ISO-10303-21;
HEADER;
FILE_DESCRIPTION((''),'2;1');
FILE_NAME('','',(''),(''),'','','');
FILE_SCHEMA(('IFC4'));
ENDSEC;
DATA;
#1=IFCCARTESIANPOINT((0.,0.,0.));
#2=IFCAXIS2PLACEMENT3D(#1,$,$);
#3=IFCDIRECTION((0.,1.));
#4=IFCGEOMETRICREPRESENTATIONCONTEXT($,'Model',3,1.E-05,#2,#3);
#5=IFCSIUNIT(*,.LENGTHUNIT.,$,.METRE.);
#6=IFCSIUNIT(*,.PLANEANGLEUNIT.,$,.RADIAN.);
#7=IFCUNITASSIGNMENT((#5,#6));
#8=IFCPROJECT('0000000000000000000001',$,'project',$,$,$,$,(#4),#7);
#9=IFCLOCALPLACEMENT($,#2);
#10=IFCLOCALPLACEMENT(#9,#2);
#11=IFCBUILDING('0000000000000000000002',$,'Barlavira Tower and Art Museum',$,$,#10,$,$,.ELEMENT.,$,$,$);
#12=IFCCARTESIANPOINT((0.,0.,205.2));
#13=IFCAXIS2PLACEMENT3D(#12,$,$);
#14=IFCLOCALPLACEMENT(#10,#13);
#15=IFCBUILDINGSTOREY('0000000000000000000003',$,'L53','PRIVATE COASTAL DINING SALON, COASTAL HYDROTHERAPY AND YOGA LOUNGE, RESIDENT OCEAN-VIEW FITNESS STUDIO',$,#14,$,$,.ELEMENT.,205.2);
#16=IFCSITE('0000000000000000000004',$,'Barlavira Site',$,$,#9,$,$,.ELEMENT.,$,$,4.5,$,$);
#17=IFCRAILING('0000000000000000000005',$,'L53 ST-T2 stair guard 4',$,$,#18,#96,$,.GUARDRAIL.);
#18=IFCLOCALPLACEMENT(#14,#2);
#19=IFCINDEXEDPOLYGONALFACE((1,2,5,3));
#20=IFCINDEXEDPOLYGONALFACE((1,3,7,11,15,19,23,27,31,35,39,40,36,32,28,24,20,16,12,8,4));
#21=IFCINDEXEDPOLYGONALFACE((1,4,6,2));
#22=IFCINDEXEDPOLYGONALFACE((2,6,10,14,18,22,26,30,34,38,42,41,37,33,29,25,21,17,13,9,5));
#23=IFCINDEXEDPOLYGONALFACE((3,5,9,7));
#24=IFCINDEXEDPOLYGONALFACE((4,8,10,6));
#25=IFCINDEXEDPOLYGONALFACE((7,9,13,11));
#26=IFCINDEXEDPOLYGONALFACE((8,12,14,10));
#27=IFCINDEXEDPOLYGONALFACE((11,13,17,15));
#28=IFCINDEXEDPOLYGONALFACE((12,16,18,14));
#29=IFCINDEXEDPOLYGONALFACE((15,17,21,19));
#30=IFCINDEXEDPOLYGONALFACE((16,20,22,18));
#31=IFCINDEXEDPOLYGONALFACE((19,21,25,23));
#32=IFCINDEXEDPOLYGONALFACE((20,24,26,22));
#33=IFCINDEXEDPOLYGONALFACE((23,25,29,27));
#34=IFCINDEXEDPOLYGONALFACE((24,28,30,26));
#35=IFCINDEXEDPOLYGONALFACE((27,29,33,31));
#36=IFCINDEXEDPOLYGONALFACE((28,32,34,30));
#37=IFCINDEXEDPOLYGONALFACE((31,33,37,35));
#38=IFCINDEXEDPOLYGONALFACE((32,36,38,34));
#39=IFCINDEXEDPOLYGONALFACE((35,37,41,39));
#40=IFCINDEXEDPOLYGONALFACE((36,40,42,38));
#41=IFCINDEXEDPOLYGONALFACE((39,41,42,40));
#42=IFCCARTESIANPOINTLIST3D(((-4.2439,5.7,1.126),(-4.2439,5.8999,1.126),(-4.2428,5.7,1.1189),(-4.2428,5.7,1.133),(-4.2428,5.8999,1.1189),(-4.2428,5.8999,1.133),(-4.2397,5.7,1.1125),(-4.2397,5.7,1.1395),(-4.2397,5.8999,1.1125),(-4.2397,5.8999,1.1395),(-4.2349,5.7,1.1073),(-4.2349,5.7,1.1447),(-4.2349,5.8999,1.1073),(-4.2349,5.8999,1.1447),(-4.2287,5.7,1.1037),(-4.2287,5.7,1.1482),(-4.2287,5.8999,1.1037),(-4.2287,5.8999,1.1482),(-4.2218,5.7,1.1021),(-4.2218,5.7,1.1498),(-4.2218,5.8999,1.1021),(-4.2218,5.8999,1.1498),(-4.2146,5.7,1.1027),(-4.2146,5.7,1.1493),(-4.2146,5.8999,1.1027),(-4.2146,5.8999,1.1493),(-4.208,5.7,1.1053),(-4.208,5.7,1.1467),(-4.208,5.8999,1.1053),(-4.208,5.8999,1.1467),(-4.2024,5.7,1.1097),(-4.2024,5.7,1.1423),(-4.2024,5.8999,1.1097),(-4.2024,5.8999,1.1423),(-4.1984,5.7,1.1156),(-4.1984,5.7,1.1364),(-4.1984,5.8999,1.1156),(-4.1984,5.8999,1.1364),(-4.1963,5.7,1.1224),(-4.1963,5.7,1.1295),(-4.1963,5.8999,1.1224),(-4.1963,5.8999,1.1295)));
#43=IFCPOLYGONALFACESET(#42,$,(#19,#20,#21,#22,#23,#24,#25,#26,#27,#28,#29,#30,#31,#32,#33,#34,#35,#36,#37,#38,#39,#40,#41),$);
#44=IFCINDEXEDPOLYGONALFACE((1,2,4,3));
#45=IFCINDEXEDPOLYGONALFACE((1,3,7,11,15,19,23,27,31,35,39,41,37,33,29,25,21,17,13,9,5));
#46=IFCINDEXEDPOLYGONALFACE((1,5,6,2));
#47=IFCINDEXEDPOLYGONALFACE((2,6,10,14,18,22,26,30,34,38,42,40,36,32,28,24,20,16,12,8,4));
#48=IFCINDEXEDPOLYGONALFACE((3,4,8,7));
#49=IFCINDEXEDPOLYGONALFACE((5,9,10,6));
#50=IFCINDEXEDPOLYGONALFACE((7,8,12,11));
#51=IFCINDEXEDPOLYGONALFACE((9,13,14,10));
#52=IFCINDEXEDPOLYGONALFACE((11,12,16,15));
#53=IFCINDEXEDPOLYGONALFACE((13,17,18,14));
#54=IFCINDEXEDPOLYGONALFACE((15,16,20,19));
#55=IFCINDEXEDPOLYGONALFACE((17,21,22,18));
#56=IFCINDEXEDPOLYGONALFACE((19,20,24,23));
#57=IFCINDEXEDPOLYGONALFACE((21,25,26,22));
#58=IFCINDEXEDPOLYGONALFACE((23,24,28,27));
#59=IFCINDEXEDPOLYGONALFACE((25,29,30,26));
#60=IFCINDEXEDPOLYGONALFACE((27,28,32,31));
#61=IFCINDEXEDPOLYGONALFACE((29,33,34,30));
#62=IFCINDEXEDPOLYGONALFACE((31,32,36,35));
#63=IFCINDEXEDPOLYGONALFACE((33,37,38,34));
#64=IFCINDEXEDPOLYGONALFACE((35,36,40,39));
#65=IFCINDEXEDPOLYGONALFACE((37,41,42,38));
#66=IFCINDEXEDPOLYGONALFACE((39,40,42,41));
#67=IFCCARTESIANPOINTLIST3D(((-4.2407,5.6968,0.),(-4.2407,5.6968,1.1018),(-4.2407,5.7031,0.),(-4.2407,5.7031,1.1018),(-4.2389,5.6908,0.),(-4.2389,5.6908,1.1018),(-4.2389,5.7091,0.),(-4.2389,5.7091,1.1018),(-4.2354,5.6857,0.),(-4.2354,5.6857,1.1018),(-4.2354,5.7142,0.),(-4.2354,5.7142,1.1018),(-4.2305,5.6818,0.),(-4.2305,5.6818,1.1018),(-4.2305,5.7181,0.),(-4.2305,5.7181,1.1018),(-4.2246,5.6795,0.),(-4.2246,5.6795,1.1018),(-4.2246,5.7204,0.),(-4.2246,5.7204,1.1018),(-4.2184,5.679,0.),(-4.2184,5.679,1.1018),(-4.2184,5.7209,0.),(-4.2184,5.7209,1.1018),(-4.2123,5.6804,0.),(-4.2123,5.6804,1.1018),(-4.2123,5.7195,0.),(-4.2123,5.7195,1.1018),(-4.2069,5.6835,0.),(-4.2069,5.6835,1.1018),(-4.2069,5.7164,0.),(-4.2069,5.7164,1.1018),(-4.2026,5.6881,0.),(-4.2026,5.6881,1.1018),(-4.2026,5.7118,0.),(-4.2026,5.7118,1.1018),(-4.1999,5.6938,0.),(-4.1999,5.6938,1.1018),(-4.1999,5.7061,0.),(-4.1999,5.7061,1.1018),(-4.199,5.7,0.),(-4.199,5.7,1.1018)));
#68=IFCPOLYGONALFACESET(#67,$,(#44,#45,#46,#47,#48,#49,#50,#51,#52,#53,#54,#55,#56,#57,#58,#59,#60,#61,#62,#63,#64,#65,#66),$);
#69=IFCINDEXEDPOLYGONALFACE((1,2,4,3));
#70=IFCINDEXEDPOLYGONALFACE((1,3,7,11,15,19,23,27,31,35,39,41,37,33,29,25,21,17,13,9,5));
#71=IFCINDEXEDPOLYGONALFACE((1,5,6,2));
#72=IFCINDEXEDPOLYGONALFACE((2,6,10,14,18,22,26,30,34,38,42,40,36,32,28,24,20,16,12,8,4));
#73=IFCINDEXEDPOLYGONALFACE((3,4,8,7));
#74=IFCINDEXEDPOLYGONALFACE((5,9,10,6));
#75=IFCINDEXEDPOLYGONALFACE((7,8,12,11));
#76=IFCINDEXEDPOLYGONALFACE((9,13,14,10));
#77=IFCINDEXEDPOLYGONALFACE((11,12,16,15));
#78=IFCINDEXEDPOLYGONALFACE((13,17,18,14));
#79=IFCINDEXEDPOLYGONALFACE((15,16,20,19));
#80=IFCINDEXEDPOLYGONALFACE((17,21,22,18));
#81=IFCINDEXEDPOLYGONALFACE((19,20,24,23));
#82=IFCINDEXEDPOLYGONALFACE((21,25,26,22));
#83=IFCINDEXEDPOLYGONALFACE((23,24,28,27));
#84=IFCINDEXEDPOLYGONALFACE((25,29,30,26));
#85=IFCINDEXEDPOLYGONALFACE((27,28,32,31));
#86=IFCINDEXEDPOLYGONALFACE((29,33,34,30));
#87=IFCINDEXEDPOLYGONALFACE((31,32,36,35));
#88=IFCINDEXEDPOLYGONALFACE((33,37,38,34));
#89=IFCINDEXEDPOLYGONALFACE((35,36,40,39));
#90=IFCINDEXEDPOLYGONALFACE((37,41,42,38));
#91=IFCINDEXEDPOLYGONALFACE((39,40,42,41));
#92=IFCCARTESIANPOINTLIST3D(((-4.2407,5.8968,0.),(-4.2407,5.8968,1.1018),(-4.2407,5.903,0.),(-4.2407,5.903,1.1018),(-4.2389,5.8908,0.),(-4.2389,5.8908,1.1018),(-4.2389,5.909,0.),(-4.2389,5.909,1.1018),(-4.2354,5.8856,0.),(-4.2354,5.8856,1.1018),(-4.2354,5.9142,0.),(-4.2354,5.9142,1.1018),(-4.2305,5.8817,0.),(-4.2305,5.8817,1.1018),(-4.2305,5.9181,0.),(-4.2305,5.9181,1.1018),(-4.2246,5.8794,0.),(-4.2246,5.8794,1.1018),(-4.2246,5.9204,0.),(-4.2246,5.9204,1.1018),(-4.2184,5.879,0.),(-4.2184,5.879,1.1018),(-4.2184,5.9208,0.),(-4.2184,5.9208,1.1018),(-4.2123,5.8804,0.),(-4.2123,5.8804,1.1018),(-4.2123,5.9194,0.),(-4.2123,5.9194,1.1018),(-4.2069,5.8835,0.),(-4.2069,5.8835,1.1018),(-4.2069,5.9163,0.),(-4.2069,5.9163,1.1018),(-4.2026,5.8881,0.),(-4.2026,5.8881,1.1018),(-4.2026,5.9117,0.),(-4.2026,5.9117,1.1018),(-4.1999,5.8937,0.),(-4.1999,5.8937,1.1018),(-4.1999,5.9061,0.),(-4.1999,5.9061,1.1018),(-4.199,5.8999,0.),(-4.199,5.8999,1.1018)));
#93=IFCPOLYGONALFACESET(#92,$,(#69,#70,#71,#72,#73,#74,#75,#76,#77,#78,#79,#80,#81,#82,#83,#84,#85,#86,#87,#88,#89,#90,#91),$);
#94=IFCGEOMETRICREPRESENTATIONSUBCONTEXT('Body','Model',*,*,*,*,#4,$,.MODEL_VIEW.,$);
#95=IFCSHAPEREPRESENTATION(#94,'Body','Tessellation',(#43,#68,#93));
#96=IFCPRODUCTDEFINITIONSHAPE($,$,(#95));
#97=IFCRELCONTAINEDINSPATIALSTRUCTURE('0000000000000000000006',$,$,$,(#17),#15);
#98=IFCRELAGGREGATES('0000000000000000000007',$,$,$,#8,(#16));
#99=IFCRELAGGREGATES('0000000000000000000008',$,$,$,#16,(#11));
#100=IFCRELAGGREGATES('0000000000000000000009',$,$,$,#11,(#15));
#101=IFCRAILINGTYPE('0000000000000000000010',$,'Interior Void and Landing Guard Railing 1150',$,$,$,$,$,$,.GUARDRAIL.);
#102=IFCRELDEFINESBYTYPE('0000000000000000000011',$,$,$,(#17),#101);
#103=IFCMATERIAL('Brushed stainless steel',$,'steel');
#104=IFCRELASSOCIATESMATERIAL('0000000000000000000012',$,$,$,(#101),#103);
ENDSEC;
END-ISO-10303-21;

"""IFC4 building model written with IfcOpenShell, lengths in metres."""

from ifc_helpers import new_model, si_unit, direction, frame, origin, origin_2d, place, context, subcontext, project, spatial, circle, extrude, material, type_object, element, save


model = new_model("IFC4")

# Units and contexts
model_context = context("Model", 3, precision=1e-05, world=origin(), true_north=direction((0.0, 1.0)))
body_context = subcontext(model_context, "Body", "Model", "MODEL_VIEW")
ifc_project = project(units=[si_unit("LENGTHUNIT", "METRE"), si_unit("PLANEANGLEUNIT", "RADIAN")], contexts=[model_context])

# Site, building, storey
site_placement = place(None, origin())
site = spatial("IfcSite", under=ifc_project, at=site_placement, Name="Barlavira Site", CompositionType="ELEMENT", RefElevation=4.5)
building_placement = place(site_placement, origin())
building = spatial("IfcBuilding", under=site, at=building_placement, Name="Barlavira Tower and Art Museum", CompositionType="ELEMENT")
storey_placement = place(building_placement, frame((0.0, 0.0, 205.2)))
storey = spatial("IfcBuildingStorey", under=building, at=storey_placement, Name="L53", Description="PRIVATE COASTAL DINING SALON, COASTAL HYDROTHERAPY AND YOGA LOUNGE, RESIDENT OCEAN-VIEW FITNESS STUDIO", CompositionType="ELEMENT", Elevation=205.2)

# Shared definitions
ifc_material_1 = material(Name="Brushed stainless steel", Category="steel")

# Railing
railing_type_1 = type_object("IfcRailingType", Name="Interior Void and Landing Guard Railing 1150", PredefinedType="GUARDRAIL", material=ifc_material_1)
railing_1_placement = place(storey_placement, frame((-4.22, 5.7, 0.0)))
element("IfcRailing", 1, at=railing_1_placement, inside=storey, type_object=railing_type_1, Name="L53 ST-T2 stair guard 4", PredefinedType="GUARDRAIL", context=body_context, shape_type="SweptSolid", body=[
    extrude(circle(Radius=0.0239, at=origin_2d()), frame((0.0, 0.0, 1.126), z_axis=(0.0, 1.0, 0.0), x_axis=(-1.0, 0.0, 0.0)), (0.0, 0.0, 1.0), 0.2),
    extrude(circle(Radius=0.021, at=origin_2d()), origin(), (0.0, 0.0, 1.0), 1.1018),
    extrude(circle(Radius=0.021, at=origin_2d()), frame((0.0, 0.2, 0.0)), (0.0, 0.0, 1.0), 1.1018),
])

save(model, "model.ifc")
